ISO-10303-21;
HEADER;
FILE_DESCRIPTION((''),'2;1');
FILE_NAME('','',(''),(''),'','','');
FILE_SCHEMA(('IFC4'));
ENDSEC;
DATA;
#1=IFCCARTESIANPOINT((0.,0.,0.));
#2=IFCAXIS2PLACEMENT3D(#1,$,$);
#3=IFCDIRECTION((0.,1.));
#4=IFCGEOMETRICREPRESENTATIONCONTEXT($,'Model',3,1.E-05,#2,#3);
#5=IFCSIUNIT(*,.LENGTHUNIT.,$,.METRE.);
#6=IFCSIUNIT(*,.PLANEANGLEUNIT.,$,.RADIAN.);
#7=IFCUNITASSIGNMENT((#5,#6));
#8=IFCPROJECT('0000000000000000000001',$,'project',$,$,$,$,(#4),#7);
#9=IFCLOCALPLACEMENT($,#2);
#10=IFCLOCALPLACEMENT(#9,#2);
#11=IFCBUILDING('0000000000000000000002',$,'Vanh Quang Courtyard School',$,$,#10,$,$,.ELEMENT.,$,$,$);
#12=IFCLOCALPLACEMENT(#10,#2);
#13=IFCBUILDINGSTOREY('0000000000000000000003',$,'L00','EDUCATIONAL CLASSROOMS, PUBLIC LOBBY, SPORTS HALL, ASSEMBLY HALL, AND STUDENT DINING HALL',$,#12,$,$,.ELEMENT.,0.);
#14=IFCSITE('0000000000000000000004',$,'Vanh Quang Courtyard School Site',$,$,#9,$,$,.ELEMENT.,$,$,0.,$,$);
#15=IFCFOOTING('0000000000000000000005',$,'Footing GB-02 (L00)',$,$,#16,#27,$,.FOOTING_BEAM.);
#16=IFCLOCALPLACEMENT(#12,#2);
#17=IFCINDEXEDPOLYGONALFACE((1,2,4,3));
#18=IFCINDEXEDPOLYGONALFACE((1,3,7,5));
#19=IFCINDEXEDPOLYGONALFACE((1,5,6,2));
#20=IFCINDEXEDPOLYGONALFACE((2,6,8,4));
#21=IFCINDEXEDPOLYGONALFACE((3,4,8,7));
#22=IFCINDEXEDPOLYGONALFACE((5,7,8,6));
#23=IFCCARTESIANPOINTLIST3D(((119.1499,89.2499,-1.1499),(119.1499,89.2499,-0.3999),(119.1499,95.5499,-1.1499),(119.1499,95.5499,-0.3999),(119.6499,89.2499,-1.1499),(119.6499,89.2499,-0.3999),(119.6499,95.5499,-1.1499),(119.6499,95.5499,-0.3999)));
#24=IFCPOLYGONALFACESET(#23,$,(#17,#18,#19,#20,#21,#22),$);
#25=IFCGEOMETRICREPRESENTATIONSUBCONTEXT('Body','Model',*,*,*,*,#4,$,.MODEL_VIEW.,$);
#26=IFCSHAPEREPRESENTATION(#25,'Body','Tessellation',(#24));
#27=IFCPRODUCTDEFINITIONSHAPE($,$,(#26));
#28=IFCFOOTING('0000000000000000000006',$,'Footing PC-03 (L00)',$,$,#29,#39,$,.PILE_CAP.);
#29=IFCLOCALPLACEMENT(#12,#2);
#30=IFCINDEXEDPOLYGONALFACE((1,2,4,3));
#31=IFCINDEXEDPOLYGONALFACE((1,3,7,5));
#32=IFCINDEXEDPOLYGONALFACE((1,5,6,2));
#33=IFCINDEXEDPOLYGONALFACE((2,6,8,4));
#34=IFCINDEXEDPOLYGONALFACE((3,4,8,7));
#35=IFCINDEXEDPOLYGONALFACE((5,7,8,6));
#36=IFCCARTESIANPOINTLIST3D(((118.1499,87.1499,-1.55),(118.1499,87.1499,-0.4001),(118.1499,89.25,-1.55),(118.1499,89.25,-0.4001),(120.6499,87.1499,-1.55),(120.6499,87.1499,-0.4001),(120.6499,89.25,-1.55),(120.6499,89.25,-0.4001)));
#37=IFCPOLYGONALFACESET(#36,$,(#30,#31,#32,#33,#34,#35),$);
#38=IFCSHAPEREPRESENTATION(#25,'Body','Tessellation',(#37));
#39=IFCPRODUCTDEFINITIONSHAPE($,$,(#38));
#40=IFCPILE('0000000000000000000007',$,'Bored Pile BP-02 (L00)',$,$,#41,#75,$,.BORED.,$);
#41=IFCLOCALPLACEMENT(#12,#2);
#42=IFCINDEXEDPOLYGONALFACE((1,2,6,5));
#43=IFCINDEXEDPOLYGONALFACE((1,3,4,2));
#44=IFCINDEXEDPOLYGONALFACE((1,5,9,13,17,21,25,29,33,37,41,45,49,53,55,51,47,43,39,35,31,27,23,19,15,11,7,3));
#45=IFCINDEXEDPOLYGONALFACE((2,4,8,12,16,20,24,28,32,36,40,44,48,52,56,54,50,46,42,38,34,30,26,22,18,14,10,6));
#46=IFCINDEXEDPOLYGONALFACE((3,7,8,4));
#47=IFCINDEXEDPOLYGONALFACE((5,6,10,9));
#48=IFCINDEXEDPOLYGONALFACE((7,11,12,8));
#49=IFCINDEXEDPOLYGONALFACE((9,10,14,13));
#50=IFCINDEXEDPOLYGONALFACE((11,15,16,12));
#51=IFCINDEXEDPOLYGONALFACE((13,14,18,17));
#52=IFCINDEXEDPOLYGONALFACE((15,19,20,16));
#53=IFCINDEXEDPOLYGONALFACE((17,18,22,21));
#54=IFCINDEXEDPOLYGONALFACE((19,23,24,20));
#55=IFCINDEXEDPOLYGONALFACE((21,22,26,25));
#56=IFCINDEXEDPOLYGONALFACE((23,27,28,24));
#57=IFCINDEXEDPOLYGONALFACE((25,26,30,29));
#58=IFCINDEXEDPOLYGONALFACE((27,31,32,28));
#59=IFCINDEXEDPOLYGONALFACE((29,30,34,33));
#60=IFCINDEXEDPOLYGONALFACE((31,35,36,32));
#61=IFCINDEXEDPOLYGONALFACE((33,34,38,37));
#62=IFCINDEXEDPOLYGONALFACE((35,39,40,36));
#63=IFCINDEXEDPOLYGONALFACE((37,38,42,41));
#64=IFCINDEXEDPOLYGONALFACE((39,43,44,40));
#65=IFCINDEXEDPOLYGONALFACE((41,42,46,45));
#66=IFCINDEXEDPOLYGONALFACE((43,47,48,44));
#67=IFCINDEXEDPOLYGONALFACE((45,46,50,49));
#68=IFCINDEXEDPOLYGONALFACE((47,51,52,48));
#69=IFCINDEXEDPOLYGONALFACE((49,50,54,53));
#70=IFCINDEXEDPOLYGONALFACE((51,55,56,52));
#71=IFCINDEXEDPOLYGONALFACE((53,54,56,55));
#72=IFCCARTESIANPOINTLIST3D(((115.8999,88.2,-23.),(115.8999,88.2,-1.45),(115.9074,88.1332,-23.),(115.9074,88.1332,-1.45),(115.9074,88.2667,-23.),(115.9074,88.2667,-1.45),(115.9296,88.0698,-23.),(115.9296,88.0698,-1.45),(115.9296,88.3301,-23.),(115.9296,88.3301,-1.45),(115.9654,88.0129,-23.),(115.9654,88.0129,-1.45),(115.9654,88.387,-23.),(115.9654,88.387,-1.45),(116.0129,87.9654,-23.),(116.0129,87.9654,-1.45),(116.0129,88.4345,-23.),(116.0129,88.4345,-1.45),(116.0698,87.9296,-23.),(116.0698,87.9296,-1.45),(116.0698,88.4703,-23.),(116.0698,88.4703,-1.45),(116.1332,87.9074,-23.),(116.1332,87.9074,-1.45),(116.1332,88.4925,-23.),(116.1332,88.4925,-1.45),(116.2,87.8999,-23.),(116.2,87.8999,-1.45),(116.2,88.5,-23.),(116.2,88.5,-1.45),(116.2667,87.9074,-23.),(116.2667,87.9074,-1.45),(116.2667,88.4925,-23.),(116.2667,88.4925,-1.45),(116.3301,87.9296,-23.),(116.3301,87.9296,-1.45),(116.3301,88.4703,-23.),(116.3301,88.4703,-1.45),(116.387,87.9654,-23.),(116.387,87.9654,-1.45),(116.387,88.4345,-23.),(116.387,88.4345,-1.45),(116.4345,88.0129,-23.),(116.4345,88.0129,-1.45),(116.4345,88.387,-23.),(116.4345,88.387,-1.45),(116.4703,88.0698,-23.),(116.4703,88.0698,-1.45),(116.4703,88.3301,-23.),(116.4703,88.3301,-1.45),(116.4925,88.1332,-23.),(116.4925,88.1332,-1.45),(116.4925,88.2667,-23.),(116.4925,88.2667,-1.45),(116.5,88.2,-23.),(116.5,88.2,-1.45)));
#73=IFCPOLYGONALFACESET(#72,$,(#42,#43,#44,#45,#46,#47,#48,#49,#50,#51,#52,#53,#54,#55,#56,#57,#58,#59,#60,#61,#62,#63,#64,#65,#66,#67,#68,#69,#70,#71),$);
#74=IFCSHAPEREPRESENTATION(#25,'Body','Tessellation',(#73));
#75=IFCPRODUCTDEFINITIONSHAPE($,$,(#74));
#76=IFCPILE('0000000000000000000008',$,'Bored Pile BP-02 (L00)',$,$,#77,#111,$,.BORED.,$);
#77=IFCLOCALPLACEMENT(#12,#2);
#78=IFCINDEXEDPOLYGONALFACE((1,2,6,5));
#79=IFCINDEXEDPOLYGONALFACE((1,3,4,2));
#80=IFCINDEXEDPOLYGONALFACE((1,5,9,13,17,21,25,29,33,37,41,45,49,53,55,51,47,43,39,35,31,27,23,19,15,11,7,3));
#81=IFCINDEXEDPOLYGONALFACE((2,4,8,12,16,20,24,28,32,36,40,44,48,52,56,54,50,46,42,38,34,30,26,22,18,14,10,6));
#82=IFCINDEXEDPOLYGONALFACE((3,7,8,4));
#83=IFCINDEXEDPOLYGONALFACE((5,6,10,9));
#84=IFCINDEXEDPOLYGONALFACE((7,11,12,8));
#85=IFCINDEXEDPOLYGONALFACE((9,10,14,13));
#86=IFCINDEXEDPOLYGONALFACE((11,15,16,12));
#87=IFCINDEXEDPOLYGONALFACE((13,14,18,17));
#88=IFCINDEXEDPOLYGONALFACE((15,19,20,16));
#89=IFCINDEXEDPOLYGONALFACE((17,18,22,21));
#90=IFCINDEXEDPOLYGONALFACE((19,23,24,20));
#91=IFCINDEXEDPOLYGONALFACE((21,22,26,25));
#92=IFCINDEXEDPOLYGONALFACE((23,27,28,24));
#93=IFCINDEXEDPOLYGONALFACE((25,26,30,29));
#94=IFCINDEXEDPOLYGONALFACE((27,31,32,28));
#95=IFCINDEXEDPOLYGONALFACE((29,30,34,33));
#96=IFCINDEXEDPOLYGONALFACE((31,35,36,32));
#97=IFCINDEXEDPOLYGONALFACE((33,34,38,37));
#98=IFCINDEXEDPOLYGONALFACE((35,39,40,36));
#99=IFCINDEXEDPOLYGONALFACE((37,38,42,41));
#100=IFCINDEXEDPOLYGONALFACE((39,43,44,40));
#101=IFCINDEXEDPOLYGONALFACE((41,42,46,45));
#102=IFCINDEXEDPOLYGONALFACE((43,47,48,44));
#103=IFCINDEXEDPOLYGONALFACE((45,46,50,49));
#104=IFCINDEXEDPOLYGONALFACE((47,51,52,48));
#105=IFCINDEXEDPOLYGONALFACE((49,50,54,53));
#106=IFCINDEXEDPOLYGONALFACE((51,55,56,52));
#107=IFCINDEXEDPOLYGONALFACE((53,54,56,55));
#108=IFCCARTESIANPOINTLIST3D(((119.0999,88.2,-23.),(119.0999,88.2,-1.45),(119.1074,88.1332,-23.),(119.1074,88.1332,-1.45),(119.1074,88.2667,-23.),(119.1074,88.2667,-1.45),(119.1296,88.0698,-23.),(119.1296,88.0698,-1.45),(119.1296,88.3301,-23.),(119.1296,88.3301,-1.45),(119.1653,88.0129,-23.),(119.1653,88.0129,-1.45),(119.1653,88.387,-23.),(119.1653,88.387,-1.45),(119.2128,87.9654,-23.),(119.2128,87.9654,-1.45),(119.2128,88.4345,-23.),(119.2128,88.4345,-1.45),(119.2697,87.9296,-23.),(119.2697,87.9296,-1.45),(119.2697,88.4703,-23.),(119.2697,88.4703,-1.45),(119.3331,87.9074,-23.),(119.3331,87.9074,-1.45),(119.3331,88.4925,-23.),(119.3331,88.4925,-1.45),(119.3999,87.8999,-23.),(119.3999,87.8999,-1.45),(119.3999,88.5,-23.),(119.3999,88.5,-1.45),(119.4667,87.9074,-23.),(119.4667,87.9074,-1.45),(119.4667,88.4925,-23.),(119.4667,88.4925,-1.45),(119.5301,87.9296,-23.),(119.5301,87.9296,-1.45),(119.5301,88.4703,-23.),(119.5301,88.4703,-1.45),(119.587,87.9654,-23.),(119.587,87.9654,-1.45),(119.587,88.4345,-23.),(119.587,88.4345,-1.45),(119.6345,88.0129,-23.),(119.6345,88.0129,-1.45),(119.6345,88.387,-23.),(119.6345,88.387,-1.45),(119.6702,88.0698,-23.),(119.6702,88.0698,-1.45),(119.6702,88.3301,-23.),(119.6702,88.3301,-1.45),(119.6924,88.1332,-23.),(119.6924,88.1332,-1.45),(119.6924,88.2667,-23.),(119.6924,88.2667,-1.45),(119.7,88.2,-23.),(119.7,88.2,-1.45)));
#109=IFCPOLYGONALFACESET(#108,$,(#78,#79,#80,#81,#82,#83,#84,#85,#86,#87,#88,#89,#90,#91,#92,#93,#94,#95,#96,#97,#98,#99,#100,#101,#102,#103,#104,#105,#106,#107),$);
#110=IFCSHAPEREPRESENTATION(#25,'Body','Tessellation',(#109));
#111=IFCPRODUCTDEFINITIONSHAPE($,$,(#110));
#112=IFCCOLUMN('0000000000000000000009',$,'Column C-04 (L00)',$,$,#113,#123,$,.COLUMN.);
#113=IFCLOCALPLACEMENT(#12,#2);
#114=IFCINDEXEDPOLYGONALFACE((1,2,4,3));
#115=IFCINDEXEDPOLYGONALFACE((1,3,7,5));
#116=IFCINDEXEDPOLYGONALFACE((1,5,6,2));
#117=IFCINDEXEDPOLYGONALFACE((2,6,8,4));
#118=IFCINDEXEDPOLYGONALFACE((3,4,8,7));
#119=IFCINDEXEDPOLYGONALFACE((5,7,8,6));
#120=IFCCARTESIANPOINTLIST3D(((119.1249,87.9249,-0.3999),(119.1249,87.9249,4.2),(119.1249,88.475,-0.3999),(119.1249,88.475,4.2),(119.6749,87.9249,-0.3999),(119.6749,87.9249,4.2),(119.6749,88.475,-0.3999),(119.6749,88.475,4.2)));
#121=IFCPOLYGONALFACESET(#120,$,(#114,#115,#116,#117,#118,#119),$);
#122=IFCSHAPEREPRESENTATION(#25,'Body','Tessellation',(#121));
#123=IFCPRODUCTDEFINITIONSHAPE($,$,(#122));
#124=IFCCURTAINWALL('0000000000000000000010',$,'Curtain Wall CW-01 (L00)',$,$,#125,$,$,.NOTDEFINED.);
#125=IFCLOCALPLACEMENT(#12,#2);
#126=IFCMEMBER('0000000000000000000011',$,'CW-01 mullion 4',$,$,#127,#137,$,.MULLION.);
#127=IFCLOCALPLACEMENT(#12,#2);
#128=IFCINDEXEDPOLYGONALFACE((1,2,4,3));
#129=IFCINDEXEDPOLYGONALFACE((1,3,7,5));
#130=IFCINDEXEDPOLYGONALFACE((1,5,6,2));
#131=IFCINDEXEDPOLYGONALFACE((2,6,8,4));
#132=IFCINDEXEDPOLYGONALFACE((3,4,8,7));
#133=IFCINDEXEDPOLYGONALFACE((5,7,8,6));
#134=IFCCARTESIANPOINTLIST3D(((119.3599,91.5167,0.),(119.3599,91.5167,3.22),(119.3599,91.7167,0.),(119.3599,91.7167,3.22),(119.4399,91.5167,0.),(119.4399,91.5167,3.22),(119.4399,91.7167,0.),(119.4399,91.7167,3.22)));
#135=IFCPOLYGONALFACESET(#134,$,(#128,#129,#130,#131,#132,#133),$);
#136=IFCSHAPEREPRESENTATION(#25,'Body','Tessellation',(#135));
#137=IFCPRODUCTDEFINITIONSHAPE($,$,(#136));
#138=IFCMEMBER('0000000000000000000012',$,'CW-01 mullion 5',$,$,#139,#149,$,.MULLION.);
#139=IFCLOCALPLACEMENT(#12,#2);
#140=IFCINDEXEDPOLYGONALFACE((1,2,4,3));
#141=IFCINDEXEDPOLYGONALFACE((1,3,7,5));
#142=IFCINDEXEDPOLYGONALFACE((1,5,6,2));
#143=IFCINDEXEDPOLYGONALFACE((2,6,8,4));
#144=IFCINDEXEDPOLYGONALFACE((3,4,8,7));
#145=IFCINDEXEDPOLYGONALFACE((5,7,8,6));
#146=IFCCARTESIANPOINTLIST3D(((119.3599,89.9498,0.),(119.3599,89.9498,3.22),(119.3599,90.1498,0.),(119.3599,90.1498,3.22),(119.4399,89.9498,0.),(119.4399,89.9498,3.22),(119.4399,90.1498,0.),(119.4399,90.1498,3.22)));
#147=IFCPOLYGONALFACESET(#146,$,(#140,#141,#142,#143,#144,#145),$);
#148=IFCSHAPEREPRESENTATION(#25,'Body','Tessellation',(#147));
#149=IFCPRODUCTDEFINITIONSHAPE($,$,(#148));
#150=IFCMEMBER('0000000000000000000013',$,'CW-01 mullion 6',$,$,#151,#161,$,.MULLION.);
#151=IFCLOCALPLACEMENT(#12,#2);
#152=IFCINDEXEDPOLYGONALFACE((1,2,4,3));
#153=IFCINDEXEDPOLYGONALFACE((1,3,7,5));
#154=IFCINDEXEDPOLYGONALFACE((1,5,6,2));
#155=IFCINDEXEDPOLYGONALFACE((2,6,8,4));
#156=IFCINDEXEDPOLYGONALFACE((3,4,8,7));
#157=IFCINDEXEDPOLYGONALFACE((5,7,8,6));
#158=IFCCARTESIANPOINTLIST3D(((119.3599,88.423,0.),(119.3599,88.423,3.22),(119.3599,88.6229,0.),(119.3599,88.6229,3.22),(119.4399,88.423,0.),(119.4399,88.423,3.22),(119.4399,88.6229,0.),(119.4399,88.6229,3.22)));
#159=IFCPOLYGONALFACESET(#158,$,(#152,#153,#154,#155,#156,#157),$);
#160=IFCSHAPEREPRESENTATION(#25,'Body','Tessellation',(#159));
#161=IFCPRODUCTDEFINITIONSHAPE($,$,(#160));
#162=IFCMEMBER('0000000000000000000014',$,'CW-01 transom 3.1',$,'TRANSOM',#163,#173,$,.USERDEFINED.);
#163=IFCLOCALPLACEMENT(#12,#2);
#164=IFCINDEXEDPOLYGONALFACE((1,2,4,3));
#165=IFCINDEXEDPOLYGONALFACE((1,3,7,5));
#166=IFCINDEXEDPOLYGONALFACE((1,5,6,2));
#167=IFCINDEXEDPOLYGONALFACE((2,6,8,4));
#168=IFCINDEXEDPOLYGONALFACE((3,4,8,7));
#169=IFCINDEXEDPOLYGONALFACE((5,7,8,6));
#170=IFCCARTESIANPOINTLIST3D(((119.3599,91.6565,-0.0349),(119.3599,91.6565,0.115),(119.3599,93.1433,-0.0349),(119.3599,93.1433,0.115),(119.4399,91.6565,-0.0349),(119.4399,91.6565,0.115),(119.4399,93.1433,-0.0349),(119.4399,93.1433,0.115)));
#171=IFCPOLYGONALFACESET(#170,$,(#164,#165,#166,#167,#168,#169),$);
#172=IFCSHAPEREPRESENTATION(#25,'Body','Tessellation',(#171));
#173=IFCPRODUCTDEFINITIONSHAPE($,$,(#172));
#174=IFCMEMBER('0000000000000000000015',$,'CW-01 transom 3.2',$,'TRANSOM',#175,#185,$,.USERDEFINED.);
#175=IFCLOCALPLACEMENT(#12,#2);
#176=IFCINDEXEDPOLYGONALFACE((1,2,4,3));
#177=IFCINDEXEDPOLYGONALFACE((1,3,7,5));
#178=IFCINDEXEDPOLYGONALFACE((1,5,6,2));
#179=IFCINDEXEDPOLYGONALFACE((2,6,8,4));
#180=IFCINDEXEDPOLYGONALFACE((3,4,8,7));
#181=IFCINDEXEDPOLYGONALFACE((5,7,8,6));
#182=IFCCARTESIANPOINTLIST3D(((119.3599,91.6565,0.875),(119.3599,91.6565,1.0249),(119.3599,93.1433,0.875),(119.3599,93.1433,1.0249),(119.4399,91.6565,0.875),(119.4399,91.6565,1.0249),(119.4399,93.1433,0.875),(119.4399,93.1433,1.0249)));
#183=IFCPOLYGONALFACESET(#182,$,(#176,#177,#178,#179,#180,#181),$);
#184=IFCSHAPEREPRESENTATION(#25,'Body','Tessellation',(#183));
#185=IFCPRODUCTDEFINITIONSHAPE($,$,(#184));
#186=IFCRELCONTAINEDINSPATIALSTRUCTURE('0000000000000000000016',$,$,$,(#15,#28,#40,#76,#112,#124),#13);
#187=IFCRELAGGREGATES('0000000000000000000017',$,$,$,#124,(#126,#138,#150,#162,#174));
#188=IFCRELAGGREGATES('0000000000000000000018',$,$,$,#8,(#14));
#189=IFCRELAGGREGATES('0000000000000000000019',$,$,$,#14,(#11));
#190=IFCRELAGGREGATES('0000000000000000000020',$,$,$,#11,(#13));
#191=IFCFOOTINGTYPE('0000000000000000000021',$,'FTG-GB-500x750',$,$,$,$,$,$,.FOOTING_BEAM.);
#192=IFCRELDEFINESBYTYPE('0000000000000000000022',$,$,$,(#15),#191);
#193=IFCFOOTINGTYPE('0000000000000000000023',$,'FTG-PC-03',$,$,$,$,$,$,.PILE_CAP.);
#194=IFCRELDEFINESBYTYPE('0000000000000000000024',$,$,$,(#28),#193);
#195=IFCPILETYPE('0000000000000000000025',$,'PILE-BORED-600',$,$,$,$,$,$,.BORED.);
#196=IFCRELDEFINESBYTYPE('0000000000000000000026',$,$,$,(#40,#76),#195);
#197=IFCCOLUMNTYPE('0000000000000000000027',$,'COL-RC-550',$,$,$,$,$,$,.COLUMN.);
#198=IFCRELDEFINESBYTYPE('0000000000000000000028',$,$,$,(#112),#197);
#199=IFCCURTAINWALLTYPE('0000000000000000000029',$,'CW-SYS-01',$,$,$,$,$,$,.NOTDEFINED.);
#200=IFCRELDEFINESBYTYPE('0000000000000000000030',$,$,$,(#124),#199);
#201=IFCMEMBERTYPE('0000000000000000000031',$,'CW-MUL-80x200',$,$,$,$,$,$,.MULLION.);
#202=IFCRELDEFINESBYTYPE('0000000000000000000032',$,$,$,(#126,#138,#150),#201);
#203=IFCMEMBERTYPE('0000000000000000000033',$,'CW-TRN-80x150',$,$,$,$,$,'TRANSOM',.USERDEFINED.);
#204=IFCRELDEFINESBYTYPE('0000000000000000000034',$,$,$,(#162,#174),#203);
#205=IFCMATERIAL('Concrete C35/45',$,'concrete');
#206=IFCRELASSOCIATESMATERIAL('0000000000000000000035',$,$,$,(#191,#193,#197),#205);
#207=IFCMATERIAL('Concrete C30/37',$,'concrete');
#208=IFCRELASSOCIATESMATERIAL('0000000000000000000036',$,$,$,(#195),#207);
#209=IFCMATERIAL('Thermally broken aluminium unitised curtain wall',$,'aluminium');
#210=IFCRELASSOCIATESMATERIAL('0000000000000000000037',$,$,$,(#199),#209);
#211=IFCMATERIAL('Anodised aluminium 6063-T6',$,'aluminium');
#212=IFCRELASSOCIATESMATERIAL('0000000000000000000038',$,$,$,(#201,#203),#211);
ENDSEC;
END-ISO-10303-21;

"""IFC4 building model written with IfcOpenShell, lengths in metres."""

from ifc_helpers import new_model, si_unit, direction, frame, origin, origin_2d, place, context, subcontext, project, spatial, rectangle, circle, extrude, material, material_profile, profile_set, type_object, element, aggregate, save


model = new_model("IFC4")

# Units and contexts
model_context = context("Model", 3, precision=1e-05, world=origin(), true_north=direction((0.0, 1.0)))
body_context = subcontext(model_context, "Body", "Model", "MODEL_VIEW")
ifc_project = project(units=[si_unit("LENGTHUNIT", "METRE"), si_unit("PLANEANGLEUNIT", "RADIAN")], contexts=[model_context])

# Site, building, storey
site_placement = place(None, origin())
site = spatial("IfcSite", under=ifc_project, at=site_placement, Name="Vanh Quang Courtyard School Site", CompositionType="ELEMENT", RefElevation=0.0)
building_placement = place(site_placement, origin())
building = spatial("IfcBuilding", under=site, at=building_placement, Name="Vanh Quang Courtyard School", CompositionType="ELEMENT")
storey_placement = place(building_placement, origin())
storey = spatial("IfcBuildingStorey", under=building, at=storey_placement, Name="L00", Description="EDUCATIONAL CLASSROOMS, PUBLIC LOBBY, SPORTS HALL, ASSEMBLY HALL, AND STUDENT DINING HALL", CompositionType="ELEMENT", Elevation=0.0)

# Footings
ifc_material_1 = material(Name="Concrete C35/45", Category="concrete")
footing_type_1 = type_object("IfcFootingType", Name="FTG-GB-500x750", PredefinedType="FOOTING_BEAM", material=ifc_material_1)
footing_1_placement = place(storey_placement, frame((119.3999, 92.3999, -1.1499), z_axis=(0.0, 0.0, 1.0), x_axis=(0.0, 1.0, 0.0)))
element("IfcFooting", 1, at=footing_1_placement, inside=storey, type_object=footing_type_1, Name="Footing GB-02 (L00)", PredefinedType="FOOTING_BEAM", context=body_context, shape_type="SweptSolid", body=[
    extrude(rectangle(XDim=6.3, YDim=0.5, at=origin_2d()), origin(), (0.0, 0.0, 1.0), 0.75),
])
footing_type_2 = type_object("IfcFootingType", Name="FTG-PC-03", PredefinedType="PILE_CAP", material=ifc_material_1)
footing_2_placement = place(storey_placement, frame((119.3999, 88.2, -1.55), z_axis=(0.0, 0.0, 1.0), x_axis=(1.0, 0.0, 0.0)))
element("IfcFooting", 2, at=footing_2_placement, inside=storey, type_object=footing_type_2, Name="Footing PC-03 (L00)", PredefinedType="PILE_CAP", context=body_context, shape_type="SweptSolid", body=[
    extrude(rectangle(XDim=2.5, YDim=2.1001, at=origin_2d()), origin(), (0.0, 0.0, 1.0), 1.1499),
])

# Piles
ifc_material_2 = material(Name="Concrete C30/37", Category="concrete")
ifc_material_profile_1 = material_profile(ifc_material_2, circle(Radius=0.3, at=origin_2d()), Name="PILE D600")
ifc_profile_set_1 = profile_set([ifc_material_profile_1], Name="Concrete C30/37")
pile_type = type_object("IfcPileType", Name="PILE-BORED-600", PredefinedType="BORED", material=ifc_profile_set_1)
for number, where, z_axis, x_axis, name in (
    (3, (116.2, 88.2, -1.45), (0.0, 0.0, -1.0), (1.0, 0.0, 0.0), "Bored Pile BP-02 (L00)"),
    (4, (119.3999, 88.2, -1.45), (0.0, 0.0, -1.0), (1.0, 0.0, 0.0), "Bored Pile BP-02 (L00)"),
):
    element("IfcPile", number, at=place(storey_placement, frame(where, z_axis=z_axis, x_axis=x_axis)), inside=storey, type_object=pile_type, Name=name, PredefinedType="BORED", context=body_context, shape_type="SweptSolid", body=[
        extrude(circle(Radius=0.3, at=origin_2d()), origin(), (0.0, 0.0, 1.0), 21.55),
    ])

# Column
ifc_material_profile_2 = material_profile(ifc_material_1, rectangle(XDim=0.55, YDim=0.55, at=origin_2d()), Name="RC-COL 550x550")
ifc_profile_set_2 = profile_set([ifc_material_profile_2], Name="Concrete C35/45")
column_type = type_object("IfcColumnType", Name="COL-RC-550", PredefinedType="COLUMN", material=ifc_profile_set_2)
column_placement = place(storey_placement, frame((119.3999, 88.2, -0.3999), z_axis=(0.0, 0.0, 1.0), x_axis=(1.0, 0.0, 0.0)))
element("IfcColumn", 5, at=column_placement, inside=storey, type_object=column_type, Name="Column C-04 (L00)", PredefinedType="COLUMN", context=body_context, shape_type="SweptSolid", body=[
    extrude(rectangle(XDim=0.55, YDim=0.55, at=origin_2d()), origin(), (0.0, 0.0, 1.0), 4.5999),
])

# Curtain wall, members
ifc_material_3 = material(Name="Thermally broken aluminium unitised curtain wall", Category="aluminium")
curtain_wall_type = type_object("IfcCurtainWallType", Name="CW-SYS-01", PredefinedType="NOTDEFINED", material=ifc_material_3)
curtain_wall_placement = place(storey_placement, origin())
curtain_wall = element("IfcCurtainWall", 6, at=curtain_wall_placement, inside=storey, type_object=curtain_wall_type, Name="Curtain Wall CW-01 (L00)", PredefinedType="NOTDEFINED")
ifc_material_4 = material(Name="Anodised aluminium 6063-T6", Category="aluminium")
ifc_material_profile_3 = material_profile(ifc_material_4, rectangle(XDim=0.0801, YDim=0.2, at=origin_2d()), Name="ALU-MUL 80x200")
ifc_profile_set_3 = profile_set([ifc_material_profile_3], Name="Anodised aluminium 6063-T6")
member_type_1 = type_object("IfcMemberType", Name="CW-MUL-80x200", PredefinedType="MULLION", material=ifc_profile_set_3)
member_1_placement = place(storey_placement, frame((119.3999, 91.6167, 0.0), z_axis=(0.0, 0.0, 1.0), x_axis=(1.0, 0.0, 0.0)))
member_1 = element("IfcMember", 7, at=member_1_placement, type_object=member_type_1, Name="CW-01 mullion 4", PredefinedType="MULLION", context=body_context, shape_type="SweptSolid", body=[
    extrude(rectangle(XDim=0.0801, YDim=0.2, at=origin_2d()), origin(), (0.0, 0.0, 1.0), 3.22),
])
member_2_placement = place(storey_placement, frame((119.3999, 90.0498, 0.0), z_axis=(0.0, 0.0, 1.0), x_axis=(1.0, 0.0, 0.0)))
member_2 = element("IfcMember", 8, at=member_2_placement, type_object=member_type_1, Name="CW-01 mullion 5", PredefinedType="MULLION", context=body_context, shape_type="SweptSolid", body=[
    extrude(rectangle(XDim=0.0801, YDim=0.2, at=origin_2d()), origin(), (0.0, 0.0, 1.0), 3.22),
])
member_3_placement = place(storey_placement, frame((119.3999, 88.5229, 0.0), z_axis=(0.0, 0.0, 1.0), x_axis=(1.0, 0.0, 0.0)))
member_3 = element("IfcMember", 9, at=member_3_placement, type_object=member_type_1, Name="CW-01 mullion 6", PredefinedType="MULLION", context=body_context, shape_type="SweptSolid", body=[
    extrude(rectangle(XDim=0.0801, YDim=0.2, at=origin_2d()), origin(), (0.0, 0.0, 1.0), 3.22),
])
ifc_material_profile_4 = material_profile(ifc_material_4, rectangle(XDim=0.0801, YDim=0.1499, at=origin_2d()), Name="ALU-TRN 80x150")
ifc_profile_set_4 = profile_set([ifc_material_profile_4], Name="Anodised aluminium 6063-T6")
member_type_2 = type_object("IfcMemberType", Name="CW-TRN-80x150", ElementType="TRANSOM", PredefinedType="USERDEFINED", material=ifc_profile_set_4)
member_4_placement = place(storey_placement, frame((119.3999, 93.1433, 0.04), z_axis=(0.0, -1.0, 0.0), x_axis=(1.0, 0.0, 0.0)))
member_4 = element("IfcMember", 10, at=member_4_placement, type_object=member_type_2, Name="CW-01 transom 3.1", ObjectType="TRANSOM", PredefinedType="USERDEFINED", context=body_context, shape_type="SweptSolid", body=[
    extrude(rectangle(XDim=0.0801, YDim=0.1499, at=origin_2d()), origin(), (0.0, 0.0, 1.0), 1.4868),
])
member_5_placement = place(storey_placement, frame((119.3999, 93.1433, 0.95), z_axis=(0.0, -1.0, 0.0), x_axis=(1.0, 0.0, 0.0)))
member_5 = element("IfcMember", 11, at=member_5_placement, type_object=member_type_2, Name="CW-01 transom 3.2", ObjectType="TRANSOM", PredefinedType="USERDEFINED", context=body_context, shape_type="SweptSolid", body=[
    extrude(rectangle(XDim=0.0801, YDim=0.1499, at=origin_2d()), origin(), (0.0, 0.0, 1.0), 1.4868),
])
aggregate(curtain_wall, [member_1, member_2, member_3, member_4, member_5])

save(model, "model.ifc")
